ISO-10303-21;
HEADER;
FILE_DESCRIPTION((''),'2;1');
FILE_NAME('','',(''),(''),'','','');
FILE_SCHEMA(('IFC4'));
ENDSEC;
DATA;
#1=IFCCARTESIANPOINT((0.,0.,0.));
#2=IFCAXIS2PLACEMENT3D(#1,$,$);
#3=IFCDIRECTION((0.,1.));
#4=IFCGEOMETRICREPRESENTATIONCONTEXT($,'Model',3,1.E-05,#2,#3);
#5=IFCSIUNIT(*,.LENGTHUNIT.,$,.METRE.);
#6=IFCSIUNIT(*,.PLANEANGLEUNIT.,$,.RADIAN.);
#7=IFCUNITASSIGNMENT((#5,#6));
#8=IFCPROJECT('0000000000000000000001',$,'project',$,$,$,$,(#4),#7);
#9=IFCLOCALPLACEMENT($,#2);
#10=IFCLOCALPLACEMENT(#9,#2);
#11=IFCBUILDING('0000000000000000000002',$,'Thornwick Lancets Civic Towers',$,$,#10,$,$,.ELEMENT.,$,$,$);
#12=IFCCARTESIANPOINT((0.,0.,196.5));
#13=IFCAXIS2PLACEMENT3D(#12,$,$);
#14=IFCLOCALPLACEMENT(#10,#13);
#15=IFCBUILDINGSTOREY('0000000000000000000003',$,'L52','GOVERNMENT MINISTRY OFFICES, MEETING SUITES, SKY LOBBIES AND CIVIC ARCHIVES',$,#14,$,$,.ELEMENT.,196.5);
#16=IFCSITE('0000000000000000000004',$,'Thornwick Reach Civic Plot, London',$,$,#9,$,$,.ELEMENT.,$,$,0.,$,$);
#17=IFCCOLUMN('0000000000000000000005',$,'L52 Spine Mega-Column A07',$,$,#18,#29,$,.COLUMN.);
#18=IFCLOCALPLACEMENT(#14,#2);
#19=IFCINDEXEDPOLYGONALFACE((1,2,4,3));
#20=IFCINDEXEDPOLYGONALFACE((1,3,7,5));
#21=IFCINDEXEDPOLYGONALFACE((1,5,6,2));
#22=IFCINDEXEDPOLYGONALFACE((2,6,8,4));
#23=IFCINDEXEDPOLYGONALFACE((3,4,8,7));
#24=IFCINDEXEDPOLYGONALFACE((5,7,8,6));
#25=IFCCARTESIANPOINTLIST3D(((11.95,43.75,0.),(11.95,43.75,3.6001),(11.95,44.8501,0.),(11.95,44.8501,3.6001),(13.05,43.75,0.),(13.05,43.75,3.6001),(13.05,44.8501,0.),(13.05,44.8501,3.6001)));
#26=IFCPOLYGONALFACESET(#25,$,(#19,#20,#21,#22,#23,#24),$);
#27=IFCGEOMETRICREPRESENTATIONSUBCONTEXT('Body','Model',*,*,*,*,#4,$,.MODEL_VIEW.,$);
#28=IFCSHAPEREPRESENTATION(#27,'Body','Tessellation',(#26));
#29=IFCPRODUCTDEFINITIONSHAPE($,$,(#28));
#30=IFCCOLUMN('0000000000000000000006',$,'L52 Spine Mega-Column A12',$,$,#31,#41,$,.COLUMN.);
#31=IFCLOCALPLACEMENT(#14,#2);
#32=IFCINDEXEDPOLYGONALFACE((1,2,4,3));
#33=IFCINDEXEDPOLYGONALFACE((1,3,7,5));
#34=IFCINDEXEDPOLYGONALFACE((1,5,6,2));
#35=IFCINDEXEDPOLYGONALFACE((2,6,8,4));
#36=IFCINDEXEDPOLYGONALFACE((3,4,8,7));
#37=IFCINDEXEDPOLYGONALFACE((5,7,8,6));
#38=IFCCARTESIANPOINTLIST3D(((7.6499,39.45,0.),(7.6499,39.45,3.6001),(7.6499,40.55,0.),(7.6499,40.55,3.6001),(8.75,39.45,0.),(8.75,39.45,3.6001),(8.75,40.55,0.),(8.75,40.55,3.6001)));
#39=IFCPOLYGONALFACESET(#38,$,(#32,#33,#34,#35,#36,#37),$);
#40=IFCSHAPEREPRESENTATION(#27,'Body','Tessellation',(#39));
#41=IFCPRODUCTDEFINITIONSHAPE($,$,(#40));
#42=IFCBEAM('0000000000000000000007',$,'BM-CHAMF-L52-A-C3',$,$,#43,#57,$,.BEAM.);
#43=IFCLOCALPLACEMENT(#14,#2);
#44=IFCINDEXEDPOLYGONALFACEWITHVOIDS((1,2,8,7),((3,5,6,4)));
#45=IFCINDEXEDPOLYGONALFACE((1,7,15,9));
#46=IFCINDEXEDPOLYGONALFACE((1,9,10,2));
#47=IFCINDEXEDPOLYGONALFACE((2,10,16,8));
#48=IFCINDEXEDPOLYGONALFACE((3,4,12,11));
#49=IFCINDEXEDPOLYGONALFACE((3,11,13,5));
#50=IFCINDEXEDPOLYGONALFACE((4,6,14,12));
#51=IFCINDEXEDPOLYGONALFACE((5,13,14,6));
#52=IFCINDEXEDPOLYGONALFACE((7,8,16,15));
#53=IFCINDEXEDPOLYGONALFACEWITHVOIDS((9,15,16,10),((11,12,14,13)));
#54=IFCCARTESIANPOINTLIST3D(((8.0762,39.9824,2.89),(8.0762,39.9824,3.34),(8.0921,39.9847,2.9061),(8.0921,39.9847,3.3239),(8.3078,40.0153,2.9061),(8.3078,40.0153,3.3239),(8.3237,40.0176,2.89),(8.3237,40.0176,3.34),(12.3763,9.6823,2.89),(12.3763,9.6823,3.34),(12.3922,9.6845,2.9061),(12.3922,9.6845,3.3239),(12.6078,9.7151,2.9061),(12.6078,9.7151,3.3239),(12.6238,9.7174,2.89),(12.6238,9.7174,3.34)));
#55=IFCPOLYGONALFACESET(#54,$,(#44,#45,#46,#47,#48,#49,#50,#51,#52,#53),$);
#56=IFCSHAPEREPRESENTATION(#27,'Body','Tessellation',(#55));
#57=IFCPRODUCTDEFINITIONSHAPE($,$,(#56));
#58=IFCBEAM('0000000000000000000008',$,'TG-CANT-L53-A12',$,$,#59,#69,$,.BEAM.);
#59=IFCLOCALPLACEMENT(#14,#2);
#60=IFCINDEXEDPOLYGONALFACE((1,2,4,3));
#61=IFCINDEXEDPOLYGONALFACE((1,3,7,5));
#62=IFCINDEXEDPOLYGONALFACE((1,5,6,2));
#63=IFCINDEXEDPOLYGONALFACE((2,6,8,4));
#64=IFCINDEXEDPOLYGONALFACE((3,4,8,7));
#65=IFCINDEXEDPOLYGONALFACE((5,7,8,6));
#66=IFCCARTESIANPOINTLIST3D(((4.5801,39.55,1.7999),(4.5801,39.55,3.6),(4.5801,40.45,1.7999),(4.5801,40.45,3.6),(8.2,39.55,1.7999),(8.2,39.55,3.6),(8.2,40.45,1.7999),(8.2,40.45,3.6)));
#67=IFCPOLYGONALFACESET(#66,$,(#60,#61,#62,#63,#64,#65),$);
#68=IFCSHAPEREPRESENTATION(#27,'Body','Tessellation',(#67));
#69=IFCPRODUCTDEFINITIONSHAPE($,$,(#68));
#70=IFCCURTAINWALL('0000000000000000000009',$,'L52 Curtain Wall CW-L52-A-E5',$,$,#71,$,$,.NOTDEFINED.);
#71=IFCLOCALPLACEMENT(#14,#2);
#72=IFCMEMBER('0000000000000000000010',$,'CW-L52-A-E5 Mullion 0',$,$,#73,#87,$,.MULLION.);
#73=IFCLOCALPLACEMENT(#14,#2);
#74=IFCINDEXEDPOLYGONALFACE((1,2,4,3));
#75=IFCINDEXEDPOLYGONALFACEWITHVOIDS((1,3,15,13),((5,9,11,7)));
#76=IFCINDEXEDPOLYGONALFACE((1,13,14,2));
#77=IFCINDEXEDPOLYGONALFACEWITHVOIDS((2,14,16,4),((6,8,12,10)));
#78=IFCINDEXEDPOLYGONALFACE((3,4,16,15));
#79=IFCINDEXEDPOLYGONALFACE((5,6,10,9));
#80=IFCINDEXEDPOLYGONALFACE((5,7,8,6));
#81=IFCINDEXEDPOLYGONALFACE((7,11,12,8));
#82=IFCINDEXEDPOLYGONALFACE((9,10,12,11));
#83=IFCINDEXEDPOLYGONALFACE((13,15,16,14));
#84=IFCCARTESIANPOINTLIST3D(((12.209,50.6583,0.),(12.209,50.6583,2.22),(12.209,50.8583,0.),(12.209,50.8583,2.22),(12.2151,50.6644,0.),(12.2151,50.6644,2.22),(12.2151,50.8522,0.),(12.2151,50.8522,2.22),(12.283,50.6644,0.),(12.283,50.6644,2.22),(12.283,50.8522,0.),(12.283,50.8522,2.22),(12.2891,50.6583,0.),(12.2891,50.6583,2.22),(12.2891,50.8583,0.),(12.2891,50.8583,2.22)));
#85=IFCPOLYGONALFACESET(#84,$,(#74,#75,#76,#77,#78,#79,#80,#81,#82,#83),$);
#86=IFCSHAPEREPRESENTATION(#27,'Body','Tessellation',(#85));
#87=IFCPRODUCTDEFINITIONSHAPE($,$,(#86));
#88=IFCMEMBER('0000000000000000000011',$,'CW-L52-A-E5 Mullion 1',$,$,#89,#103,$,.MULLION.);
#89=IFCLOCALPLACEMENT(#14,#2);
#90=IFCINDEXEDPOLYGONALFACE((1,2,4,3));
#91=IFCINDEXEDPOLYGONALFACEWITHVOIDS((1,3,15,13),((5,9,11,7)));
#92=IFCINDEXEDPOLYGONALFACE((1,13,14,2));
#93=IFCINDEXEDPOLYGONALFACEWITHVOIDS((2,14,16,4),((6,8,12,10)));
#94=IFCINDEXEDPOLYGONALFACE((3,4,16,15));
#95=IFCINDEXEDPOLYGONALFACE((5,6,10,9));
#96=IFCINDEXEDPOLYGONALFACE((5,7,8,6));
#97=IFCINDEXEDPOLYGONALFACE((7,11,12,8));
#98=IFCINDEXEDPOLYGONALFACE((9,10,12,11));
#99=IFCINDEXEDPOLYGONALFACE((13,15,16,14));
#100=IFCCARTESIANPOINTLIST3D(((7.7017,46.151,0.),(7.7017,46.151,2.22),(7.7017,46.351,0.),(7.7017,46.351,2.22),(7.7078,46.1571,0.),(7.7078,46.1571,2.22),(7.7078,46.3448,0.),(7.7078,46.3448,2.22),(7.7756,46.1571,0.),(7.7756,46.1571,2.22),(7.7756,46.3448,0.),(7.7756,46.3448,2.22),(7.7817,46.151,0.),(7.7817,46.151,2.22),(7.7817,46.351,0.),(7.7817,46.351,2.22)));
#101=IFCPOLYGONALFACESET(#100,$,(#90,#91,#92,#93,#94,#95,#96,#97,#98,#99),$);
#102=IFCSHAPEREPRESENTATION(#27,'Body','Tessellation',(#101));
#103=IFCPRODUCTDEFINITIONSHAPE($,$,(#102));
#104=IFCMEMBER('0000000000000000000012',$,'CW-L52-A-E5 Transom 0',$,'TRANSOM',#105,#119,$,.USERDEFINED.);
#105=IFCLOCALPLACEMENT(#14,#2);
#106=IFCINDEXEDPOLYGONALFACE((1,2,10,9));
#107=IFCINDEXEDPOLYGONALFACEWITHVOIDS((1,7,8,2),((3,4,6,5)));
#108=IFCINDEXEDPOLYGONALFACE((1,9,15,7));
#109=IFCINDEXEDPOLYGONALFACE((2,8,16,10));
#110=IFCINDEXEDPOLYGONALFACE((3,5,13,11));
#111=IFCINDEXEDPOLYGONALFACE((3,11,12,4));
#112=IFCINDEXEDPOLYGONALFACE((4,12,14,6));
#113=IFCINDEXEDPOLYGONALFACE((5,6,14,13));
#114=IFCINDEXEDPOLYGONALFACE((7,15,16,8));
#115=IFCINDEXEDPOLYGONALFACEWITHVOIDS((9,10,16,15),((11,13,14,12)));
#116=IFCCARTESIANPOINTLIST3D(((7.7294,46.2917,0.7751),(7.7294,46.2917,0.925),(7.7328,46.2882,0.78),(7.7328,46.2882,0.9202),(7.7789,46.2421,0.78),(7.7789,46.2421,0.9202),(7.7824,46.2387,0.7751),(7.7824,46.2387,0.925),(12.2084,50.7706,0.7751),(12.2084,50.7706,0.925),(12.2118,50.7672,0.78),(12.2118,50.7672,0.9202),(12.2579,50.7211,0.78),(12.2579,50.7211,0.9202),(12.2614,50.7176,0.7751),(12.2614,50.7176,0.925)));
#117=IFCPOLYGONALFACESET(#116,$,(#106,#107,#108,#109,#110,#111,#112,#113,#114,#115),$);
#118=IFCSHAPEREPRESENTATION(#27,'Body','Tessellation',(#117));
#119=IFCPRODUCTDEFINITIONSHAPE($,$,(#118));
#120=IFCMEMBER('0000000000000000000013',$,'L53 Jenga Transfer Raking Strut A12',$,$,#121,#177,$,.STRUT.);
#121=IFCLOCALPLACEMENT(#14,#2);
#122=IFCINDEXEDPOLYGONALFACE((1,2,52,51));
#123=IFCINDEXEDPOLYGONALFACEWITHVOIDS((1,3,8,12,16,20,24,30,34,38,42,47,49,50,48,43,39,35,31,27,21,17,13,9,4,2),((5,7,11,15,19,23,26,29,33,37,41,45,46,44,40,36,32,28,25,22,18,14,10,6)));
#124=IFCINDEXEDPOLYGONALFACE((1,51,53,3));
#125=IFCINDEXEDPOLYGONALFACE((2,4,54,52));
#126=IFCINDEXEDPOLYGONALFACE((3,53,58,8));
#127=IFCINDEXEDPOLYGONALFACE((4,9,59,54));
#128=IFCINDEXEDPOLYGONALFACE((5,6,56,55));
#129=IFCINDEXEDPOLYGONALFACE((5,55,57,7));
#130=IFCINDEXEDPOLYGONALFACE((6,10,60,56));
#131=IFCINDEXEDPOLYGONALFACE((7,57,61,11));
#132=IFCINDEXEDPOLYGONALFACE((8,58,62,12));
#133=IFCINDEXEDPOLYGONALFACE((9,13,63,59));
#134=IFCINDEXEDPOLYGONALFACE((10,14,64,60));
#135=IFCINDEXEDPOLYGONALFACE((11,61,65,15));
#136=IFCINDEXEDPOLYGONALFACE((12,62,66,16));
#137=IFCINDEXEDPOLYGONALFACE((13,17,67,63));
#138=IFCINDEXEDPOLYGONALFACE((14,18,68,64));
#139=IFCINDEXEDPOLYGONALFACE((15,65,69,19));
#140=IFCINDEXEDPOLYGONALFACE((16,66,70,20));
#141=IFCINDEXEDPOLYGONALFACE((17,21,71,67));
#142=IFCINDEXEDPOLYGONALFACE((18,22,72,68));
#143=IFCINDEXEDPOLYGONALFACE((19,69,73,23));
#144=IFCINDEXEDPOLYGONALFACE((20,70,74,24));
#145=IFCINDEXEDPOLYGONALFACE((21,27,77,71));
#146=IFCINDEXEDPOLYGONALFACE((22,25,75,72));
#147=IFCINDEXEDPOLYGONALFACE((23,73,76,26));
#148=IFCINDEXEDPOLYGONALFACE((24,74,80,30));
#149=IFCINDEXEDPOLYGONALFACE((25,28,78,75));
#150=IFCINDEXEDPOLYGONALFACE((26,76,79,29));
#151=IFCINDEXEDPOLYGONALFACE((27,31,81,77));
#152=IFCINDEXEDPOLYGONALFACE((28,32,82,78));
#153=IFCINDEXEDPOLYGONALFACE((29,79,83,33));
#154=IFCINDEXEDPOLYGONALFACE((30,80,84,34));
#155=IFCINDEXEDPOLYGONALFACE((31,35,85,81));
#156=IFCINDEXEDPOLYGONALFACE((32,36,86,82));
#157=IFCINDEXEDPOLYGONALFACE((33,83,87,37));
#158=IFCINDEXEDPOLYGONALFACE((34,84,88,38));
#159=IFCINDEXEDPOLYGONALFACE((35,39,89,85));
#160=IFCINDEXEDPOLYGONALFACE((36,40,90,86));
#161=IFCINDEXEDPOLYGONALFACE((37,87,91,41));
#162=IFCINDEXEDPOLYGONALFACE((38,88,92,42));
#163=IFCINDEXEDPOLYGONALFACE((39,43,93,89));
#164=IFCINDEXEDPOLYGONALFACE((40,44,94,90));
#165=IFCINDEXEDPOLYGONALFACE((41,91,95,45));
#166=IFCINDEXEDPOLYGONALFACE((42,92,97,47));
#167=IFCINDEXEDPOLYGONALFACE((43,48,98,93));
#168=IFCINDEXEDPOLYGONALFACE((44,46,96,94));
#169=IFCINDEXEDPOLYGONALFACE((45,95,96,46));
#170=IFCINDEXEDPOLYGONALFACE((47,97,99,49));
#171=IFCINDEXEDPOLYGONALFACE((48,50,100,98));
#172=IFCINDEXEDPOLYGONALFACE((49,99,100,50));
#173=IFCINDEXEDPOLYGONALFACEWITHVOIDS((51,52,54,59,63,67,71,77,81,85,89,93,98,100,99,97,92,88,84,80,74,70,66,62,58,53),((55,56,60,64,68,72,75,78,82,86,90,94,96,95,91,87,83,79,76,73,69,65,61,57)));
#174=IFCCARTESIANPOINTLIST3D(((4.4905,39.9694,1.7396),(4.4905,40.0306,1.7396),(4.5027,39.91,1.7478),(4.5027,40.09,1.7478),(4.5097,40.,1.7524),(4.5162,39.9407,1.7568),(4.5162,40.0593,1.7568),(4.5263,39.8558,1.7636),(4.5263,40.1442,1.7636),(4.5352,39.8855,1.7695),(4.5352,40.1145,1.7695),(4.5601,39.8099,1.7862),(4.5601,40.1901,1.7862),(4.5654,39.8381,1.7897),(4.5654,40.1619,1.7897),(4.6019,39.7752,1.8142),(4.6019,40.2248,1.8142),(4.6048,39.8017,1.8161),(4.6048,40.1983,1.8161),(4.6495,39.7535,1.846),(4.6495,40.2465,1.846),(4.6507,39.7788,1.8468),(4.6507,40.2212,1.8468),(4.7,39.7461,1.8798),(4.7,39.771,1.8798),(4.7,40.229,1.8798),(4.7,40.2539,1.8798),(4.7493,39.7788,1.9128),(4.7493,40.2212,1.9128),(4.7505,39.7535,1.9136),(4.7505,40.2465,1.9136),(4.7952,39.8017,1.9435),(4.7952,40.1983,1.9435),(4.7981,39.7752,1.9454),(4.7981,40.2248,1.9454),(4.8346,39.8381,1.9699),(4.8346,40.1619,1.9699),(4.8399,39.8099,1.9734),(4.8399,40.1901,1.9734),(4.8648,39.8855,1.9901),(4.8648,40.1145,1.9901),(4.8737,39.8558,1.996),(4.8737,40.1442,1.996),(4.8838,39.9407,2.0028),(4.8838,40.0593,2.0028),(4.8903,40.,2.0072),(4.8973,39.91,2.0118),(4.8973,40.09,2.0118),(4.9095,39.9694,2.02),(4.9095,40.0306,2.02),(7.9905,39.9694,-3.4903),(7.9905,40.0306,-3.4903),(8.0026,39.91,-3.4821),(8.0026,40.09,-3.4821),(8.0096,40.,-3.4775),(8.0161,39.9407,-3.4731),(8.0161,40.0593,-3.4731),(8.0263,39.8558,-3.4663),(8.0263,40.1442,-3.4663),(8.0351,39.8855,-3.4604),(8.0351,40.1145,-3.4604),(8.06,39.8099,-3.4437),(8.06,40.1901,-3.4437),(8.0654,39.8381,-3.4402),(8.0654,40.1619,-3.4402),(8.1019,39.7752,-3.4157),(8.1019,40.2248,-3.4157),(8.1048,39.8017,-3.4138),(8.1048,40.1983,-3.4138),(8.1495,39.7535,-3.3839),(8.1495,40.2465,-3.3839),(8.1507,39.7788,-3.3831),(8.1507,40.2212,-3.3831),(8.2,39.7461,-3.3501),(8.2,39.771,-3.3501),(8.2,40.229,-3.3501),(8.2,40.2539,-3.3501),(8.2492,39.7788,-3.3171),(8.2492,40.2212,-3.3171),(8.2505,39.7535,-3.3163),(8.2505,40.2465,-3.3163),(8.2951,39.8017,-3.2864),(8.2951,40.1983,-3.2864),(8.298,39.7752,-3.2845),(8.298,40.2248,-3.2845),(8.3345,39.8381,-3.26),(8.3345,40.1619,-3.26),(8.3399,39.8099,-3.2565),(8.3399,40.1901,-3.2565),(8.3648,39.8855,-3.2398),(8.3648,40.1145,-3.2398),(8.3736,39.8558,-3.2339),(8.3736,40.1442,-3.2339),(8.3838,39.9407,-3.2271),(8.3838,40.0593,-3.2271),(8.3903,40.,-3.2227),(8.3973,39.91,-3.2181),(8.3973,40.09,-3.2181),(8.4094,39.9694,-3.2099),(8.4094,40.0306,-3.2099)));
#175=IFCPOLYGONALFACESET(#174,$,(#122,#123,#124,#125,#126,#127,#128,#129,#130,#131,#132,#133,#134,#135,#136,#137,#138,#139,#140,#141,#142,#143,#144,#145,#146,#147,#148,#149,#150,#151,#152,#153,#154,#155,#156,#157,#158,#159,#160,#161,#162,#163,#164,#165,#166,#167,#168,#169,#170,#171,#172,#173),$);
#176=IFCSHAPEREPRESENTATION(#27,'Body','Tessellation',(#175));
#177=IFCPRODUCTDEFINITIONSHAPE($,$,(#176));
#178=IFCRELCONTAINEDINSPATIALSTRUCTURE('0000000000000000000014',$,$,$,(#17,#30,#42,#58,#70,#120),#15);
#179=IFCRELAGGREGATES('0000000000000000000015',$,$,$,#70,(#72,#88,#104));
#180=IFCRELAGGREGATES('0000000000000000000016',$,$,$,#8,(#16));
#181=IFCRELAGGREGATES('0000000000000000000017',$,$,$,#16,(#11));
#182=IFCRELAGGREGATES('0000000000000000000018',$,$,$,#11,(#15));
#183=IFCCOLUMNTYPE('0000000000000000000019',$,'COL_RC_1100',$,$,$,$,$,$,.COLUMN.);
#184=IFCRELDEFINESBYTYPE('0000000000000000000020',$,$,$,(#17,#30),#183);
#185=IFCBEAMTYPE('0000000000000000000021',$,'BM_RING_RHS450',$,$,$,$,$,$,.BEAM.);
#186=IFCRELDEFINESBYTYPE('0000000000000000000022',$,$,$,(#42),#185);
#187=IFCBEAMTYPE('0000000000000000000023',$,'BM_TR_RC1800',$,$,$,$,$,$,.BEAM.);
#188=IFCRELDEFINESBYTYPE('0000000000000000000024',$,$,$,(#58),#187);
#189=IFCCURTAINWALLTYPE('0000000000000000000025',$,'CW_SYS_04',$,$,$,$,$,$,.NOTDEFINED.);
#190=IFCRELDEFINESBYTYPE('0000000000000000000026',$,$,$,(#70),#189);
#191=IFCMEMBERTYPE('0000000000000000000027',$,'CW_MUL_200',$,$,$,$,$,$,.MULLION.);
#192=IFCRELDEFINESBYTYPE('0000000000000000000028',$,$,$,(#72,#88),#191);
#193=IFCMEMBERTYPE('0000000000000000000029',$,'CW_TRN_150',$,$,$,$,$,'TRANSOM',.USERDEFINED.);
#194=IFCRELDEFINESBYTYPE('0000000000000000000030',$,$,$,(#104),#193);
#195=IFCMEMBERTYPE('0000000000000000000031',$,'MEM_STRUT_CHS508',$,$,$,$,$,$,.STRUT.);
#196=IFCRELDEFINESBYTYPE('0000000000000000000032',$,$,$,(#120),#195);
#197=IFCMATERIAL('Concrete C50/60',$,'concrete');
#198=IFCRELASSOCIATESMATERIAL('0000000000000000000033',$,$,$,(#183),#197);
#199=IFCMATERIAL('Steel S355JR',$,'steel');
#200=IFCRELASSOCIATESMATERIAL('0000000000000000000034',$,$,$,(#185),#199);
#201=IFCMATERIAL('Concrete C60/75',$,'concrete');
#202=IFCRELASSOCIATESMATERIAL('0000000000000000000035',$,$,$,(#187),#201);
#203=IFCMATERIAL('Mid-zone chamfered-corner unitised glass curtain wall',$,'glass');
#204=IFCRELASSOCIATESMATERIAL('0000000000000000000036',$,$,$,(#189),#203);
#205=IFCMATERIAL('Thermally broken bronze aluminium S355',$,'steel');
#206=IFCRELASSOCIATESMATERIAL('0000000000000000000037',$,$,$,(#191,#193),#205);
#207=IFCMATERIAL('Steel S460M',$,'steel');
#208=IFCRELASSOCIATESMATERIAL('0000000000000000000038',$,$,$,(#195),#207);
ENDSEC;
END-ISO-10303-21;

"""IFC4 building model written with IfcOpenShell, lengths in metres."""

from ifc_helpers import new_model, si_unit, direction, frame, origin, origin_2d, place, context, subcontext, project, spatial, rectangle, hollow_rectangle, hollow_circle, extrude, material, material_profile, profile_set, type_object, element, aggregate, save


model = new_model("IFC4")

# Units and contexts
model_context = context("Model", 3, precision=1e-05, world=origin(), true_north=direction((0.0, 1.0)))
body_context = subcontext(model_context, "Body", "Model", "MODEL_VIEW")
ifc_project = project(units=[si_unit("LENGTHUNIT", "METRE"), si_unit("PLANEANGLEUNIT", "RADIAN")], contexts=[model_context])

# Site, building, storey
site_placement = place(None, origin())
site = spatial("IfcSite", under=ifc_project, at=site_placement, Name="Thornwick Reach Civic Plot, London", CompositionType="ELEMENT", RefElevation=0.0)
building_placement = place(site_placement, origin())
building = spatial("IfcBuilding", under=site, at=building_placement, Name="Thornwick Lancets Civic Towers", CompositionType="ELEMENT")
storey_placement = place(building_placement, frame((0.0, 0.0, 196.5)))
storey = spatial("IfcBuildingStorey", under=building, at=storey_placement, Name="L52", Description="GOVERNMENT MINISTRY OFFICES, MEETING SUITES, SKY LOBBIES AND CIVIC ARCHIVES", CompositionType="ELEMENT", Elevation=196.5)

# Columns
ifc_material_1 = material(Name="Concrete C50/60", Category="concrete")
ifc_material_profile_1 = material_profile(ifc_material_1, rectangle(XDim=1.1001, YDim=1.1001, at=origin_2d()), Name="RC 1100x1100")
ifc_profile_set_1 = profile_set([ifc_material_profile_1], Name="Concrete C50/60")
column_type = type_object("IfcColumnType", Name="COL_RC_1100", PredefinedType="COLUMN", material=ifc_profile_set_1)
for number, where, z_axis, x_axis, name in (
    (1, (12.5, 44.3, 0.0), (0.0, 0.0, 1.0), (1.0, 0.0, 0.0), "L52 Spine Mega-Column A07"),
    (2, (8.2, 40.0, 0.0), (0.0, 0.0, 1.0), (1.0, 0.0, 0.0), "L52 Spine Mega-Column A12"),
):
    element("IfcColumn", number, at=place(storey_placement, frame(where, z_axis=z_axis, x_axis=x_axis)), inside=storey, type_object=column_type, Name=name, PredefinedType="COLUMN", context=body_context, shape_type="SweptSolid", body=[
        extrude(rectangle(XDim=1.1001, YDim=1.1001, at=origin_2d()), origin(), (0.0, 0.0, 1.0), 3.6001),
    ])

# Beams
ifc_material_2 = material(Name="Steel S355JR", Category="steel")
ifc_material_profile_2 = material_profile(ifc_material_2, hollow_rectangle(XDim=0.25, YDim=0.45, WallThickness=0.0161, at=origin_2d()), Name="RHS 450x250x16")
ifc_profile_set_2 = profile_set([ifc_material_profile_2], Name="Steel S355JR")
beam_type_1 = type_object("IfcBeamType", Name="BM_RING_RHS450", PredefinedType="BEAM", material=ifc_profile_set_2)
beam_1_placement = place(storey_placement, frame((8.2, 40.0, 3.115), z_axis=(0.140508, -0.99008, 0.0), x_axis=(0.99008, 0.140508, 0.0)))
element("IfcBeam", 3, at=beam_1_placement, inside=storey, type_object=beam_type_1, Name="BM-CHAMF-L52-A-C3", PredefinedType="BEAM", context=body_context, shape_type="SweptSolid", body=[
    extrude(hollow_rectangle(XDim=0.25, YDim=0.45, WallThickness=0.0161, at=origin_2d()), origin(), (0.0, 0.0, 1.0), 30.6038),
])
ifc_material_3 = material(Name="Concrete C60/75", Category="concrete")
ifc_material_profile_3 = material_profile(ifc_material_3, rectangle(XDim=0.8999, YDim=1.8, at=origin_2d()), Name="RC 900x1800")
ifc_profile_set_3 = profile_set([ifc_material_profile_3], Name="Concrete C60/75")
beam_type_2 = type_object("IfcBeamType", Name="BM_TR_RC1800", PredefinedType="BEAM", material=ifc_profile_set_3)
beam_2_placement = place(storey_placement, frame((8.2, 40.0, 2.7), z_axis=(-1.0, 0.0, 0.0), x_axis=(0.0, -1.0, 0.0)))
element("IfcBeam", 4, at=beam_2_placement, inside=storey, type_object=beam_type_2, Name="TG-CANT-L53-A12", PredefinedType="BEAM", context=body_context, shape_type="SweptSolid", body=[
    extrude(rectangle(XDim=0.8999, YDim=1.8, at=origin_2d()), origin(), (0.0, 0.0, 1.0), 3.6199),
])

# Curtain wall, members
ifc_material_4 = material(Name="Mid-zone chamfered-corner unitised glass curtain wall", Category="glass")
curtain_wall_type = type_object("IfcCurtainWallType", Name="CW_SYS_04", PredefinedType="NOTDEFINED", material=ifc_material_4)
curtain_wall_placement = place(storey_placement, origin())
curtain_wall = element("IfcCurtainWall", 5, at=curtain_wall_placement, inside=storey, type_object=curtain_wall_type, Name="L52 Curtain Wall CW-L52-A-E5", PredefinedType="NOTDEFINED")
ifc_material_5 = material(Name="Thermally broken bronze aluminium S355", Category="steel")
ifc_material_profile_4 = material_profile(ifc_material_5, hollow_rectangle(XDim=0.0801, YDim=0.2, WallThickness=0.0061, at=origin_2d()), Name="RHS 200x80x6")
ifc_profile_set_4 = profile_set([ifc_material_profile_4], Name="Thermally broken bronze aluminium S355")
member_type_1 = type_object("IfcMemberType", Name="CW_MUL_200", PredefinedType="MULLION", material=ifc_profile_set_4)
member_1_placement = place(storey_placement, frame((12.249, 50.7583, 0.0), z_axis=(0.0, 0.0, 1.0), x_axis=(1.0, 0.0, 0.0)))
member_1 = element("IfcMember", 6, at=member_1_placement, type_object=member_type_1, Name="CW-L52-A-E5 Mullion 0", PredefinedType="MULLION", context=body_context, shape_type="SweptSolid", body=[
    extrude(hollow_rectangle(XDim=0.0801, YDim=0.2, WallThickness=0.0061, at=origin_2d()), origin(), (0.0, 0.0, 1.0), 2.22),
])
member_2_placement = place(storey_placement, frame((7.7417, 46.251, 0.0), z_axis=(0.0, 0.0, 1.0), x_axis=(1.0, 0.0, 0.0)))
member_2 = element("IfcMember", 7, at=member_2_placement, type_object=member_type_1, Name="CW-L52-A-E5 Mullion 1", PredefinedType="MULLION", context=body_context, shape_type="SweptSolid", body=[
    extrude(hollow_rectangle(XDim=0.0801, YDim=0.2, WallThickness=0.0061, at=origin_2d()), origin(), (0.0, 0.0, 1.0), 2.22),
])
ifc_material_profile_5 = material_profile(ifc_material_5, hollow_rectangle(XDim=0.075, YDim=0.1499, WallThickness=0.0049, at=origin_2d()), Name="RHS 150x75x5")
ifc_profile_set_5 = profile_set([ifc_material_profile_5], Name="Thermally broken bronze aluminium S355")
member_type_2 = type_object("IfcMemberType", Name="CW_TRN_150", ElementType="TRANSOM", PredefinedType="USERDEFINED", material=ifc_profile_set_5)
member_3_placement = place(storey_placement, frame((12.2349, 50.7441, 0.8501), z_axis=(-0.707107, -0.707107, 0.0), x_axis=(0.707107, -0.707107, 0.0)))
member_3 = element("IfcMember", 8, at=member_3_placement, type_object=member_type_2, Name="CW-L52-A-E5 Transom 0", ObjectType="TRANSOM", PredefinedType="USERDEFINED", context=body_context, shape_type="SweptSolid", body=[
    extrude(hollow_rectangle(XDim=0.075, YDim=0.1499, WallThickness=0.0049, at=origin_2d()), origin(), (0.0, 0.0, 1.0), 6.3342),
])

# Member
ifc_material_6 = material(Name="Steel S460M", Category="steel")
ifc_material_profile_6 = material_profile(ifc_material_6, hollow_circle(Radius=0.2539, WallThickness=0.0249, at=origin_2d()), Name="CHS 508x25")
ifc_profile_set_6 = profile_set([ifc_material_profile_6], Name="Steel S460M")
member_type_3 = type_object("IfcMemberType", Name="MEM_STRUT_CHS508", PredefinedType="STRUT", material=ifc_profile_set_6)
member_4_placement = place(storey_placement, frame((8.2, 40.0, -3.3501), z_axis=(-0.556168, 0.0, 0.83107), x_axis=(0.0, -1.0, 0.0)))
element("IfcMember", 9, at=member_4_placement, inside=storey, type_object=member_type_3, Name="L53 Jenga Transfer Raking Strut A12", PredefinedType="STRUT", context=body_context, shape_type="SweptSolid", body=[
    extrude(hollow_circle(Radius=0.2539, WallThickness=0.0249, at=origin_2d()), origin(), (0.0, 0.0, 1.0), 6.293),
])

aggregate(curtain_wall, [member_1, member_2, member_3])

save(model, "model.ifc")
